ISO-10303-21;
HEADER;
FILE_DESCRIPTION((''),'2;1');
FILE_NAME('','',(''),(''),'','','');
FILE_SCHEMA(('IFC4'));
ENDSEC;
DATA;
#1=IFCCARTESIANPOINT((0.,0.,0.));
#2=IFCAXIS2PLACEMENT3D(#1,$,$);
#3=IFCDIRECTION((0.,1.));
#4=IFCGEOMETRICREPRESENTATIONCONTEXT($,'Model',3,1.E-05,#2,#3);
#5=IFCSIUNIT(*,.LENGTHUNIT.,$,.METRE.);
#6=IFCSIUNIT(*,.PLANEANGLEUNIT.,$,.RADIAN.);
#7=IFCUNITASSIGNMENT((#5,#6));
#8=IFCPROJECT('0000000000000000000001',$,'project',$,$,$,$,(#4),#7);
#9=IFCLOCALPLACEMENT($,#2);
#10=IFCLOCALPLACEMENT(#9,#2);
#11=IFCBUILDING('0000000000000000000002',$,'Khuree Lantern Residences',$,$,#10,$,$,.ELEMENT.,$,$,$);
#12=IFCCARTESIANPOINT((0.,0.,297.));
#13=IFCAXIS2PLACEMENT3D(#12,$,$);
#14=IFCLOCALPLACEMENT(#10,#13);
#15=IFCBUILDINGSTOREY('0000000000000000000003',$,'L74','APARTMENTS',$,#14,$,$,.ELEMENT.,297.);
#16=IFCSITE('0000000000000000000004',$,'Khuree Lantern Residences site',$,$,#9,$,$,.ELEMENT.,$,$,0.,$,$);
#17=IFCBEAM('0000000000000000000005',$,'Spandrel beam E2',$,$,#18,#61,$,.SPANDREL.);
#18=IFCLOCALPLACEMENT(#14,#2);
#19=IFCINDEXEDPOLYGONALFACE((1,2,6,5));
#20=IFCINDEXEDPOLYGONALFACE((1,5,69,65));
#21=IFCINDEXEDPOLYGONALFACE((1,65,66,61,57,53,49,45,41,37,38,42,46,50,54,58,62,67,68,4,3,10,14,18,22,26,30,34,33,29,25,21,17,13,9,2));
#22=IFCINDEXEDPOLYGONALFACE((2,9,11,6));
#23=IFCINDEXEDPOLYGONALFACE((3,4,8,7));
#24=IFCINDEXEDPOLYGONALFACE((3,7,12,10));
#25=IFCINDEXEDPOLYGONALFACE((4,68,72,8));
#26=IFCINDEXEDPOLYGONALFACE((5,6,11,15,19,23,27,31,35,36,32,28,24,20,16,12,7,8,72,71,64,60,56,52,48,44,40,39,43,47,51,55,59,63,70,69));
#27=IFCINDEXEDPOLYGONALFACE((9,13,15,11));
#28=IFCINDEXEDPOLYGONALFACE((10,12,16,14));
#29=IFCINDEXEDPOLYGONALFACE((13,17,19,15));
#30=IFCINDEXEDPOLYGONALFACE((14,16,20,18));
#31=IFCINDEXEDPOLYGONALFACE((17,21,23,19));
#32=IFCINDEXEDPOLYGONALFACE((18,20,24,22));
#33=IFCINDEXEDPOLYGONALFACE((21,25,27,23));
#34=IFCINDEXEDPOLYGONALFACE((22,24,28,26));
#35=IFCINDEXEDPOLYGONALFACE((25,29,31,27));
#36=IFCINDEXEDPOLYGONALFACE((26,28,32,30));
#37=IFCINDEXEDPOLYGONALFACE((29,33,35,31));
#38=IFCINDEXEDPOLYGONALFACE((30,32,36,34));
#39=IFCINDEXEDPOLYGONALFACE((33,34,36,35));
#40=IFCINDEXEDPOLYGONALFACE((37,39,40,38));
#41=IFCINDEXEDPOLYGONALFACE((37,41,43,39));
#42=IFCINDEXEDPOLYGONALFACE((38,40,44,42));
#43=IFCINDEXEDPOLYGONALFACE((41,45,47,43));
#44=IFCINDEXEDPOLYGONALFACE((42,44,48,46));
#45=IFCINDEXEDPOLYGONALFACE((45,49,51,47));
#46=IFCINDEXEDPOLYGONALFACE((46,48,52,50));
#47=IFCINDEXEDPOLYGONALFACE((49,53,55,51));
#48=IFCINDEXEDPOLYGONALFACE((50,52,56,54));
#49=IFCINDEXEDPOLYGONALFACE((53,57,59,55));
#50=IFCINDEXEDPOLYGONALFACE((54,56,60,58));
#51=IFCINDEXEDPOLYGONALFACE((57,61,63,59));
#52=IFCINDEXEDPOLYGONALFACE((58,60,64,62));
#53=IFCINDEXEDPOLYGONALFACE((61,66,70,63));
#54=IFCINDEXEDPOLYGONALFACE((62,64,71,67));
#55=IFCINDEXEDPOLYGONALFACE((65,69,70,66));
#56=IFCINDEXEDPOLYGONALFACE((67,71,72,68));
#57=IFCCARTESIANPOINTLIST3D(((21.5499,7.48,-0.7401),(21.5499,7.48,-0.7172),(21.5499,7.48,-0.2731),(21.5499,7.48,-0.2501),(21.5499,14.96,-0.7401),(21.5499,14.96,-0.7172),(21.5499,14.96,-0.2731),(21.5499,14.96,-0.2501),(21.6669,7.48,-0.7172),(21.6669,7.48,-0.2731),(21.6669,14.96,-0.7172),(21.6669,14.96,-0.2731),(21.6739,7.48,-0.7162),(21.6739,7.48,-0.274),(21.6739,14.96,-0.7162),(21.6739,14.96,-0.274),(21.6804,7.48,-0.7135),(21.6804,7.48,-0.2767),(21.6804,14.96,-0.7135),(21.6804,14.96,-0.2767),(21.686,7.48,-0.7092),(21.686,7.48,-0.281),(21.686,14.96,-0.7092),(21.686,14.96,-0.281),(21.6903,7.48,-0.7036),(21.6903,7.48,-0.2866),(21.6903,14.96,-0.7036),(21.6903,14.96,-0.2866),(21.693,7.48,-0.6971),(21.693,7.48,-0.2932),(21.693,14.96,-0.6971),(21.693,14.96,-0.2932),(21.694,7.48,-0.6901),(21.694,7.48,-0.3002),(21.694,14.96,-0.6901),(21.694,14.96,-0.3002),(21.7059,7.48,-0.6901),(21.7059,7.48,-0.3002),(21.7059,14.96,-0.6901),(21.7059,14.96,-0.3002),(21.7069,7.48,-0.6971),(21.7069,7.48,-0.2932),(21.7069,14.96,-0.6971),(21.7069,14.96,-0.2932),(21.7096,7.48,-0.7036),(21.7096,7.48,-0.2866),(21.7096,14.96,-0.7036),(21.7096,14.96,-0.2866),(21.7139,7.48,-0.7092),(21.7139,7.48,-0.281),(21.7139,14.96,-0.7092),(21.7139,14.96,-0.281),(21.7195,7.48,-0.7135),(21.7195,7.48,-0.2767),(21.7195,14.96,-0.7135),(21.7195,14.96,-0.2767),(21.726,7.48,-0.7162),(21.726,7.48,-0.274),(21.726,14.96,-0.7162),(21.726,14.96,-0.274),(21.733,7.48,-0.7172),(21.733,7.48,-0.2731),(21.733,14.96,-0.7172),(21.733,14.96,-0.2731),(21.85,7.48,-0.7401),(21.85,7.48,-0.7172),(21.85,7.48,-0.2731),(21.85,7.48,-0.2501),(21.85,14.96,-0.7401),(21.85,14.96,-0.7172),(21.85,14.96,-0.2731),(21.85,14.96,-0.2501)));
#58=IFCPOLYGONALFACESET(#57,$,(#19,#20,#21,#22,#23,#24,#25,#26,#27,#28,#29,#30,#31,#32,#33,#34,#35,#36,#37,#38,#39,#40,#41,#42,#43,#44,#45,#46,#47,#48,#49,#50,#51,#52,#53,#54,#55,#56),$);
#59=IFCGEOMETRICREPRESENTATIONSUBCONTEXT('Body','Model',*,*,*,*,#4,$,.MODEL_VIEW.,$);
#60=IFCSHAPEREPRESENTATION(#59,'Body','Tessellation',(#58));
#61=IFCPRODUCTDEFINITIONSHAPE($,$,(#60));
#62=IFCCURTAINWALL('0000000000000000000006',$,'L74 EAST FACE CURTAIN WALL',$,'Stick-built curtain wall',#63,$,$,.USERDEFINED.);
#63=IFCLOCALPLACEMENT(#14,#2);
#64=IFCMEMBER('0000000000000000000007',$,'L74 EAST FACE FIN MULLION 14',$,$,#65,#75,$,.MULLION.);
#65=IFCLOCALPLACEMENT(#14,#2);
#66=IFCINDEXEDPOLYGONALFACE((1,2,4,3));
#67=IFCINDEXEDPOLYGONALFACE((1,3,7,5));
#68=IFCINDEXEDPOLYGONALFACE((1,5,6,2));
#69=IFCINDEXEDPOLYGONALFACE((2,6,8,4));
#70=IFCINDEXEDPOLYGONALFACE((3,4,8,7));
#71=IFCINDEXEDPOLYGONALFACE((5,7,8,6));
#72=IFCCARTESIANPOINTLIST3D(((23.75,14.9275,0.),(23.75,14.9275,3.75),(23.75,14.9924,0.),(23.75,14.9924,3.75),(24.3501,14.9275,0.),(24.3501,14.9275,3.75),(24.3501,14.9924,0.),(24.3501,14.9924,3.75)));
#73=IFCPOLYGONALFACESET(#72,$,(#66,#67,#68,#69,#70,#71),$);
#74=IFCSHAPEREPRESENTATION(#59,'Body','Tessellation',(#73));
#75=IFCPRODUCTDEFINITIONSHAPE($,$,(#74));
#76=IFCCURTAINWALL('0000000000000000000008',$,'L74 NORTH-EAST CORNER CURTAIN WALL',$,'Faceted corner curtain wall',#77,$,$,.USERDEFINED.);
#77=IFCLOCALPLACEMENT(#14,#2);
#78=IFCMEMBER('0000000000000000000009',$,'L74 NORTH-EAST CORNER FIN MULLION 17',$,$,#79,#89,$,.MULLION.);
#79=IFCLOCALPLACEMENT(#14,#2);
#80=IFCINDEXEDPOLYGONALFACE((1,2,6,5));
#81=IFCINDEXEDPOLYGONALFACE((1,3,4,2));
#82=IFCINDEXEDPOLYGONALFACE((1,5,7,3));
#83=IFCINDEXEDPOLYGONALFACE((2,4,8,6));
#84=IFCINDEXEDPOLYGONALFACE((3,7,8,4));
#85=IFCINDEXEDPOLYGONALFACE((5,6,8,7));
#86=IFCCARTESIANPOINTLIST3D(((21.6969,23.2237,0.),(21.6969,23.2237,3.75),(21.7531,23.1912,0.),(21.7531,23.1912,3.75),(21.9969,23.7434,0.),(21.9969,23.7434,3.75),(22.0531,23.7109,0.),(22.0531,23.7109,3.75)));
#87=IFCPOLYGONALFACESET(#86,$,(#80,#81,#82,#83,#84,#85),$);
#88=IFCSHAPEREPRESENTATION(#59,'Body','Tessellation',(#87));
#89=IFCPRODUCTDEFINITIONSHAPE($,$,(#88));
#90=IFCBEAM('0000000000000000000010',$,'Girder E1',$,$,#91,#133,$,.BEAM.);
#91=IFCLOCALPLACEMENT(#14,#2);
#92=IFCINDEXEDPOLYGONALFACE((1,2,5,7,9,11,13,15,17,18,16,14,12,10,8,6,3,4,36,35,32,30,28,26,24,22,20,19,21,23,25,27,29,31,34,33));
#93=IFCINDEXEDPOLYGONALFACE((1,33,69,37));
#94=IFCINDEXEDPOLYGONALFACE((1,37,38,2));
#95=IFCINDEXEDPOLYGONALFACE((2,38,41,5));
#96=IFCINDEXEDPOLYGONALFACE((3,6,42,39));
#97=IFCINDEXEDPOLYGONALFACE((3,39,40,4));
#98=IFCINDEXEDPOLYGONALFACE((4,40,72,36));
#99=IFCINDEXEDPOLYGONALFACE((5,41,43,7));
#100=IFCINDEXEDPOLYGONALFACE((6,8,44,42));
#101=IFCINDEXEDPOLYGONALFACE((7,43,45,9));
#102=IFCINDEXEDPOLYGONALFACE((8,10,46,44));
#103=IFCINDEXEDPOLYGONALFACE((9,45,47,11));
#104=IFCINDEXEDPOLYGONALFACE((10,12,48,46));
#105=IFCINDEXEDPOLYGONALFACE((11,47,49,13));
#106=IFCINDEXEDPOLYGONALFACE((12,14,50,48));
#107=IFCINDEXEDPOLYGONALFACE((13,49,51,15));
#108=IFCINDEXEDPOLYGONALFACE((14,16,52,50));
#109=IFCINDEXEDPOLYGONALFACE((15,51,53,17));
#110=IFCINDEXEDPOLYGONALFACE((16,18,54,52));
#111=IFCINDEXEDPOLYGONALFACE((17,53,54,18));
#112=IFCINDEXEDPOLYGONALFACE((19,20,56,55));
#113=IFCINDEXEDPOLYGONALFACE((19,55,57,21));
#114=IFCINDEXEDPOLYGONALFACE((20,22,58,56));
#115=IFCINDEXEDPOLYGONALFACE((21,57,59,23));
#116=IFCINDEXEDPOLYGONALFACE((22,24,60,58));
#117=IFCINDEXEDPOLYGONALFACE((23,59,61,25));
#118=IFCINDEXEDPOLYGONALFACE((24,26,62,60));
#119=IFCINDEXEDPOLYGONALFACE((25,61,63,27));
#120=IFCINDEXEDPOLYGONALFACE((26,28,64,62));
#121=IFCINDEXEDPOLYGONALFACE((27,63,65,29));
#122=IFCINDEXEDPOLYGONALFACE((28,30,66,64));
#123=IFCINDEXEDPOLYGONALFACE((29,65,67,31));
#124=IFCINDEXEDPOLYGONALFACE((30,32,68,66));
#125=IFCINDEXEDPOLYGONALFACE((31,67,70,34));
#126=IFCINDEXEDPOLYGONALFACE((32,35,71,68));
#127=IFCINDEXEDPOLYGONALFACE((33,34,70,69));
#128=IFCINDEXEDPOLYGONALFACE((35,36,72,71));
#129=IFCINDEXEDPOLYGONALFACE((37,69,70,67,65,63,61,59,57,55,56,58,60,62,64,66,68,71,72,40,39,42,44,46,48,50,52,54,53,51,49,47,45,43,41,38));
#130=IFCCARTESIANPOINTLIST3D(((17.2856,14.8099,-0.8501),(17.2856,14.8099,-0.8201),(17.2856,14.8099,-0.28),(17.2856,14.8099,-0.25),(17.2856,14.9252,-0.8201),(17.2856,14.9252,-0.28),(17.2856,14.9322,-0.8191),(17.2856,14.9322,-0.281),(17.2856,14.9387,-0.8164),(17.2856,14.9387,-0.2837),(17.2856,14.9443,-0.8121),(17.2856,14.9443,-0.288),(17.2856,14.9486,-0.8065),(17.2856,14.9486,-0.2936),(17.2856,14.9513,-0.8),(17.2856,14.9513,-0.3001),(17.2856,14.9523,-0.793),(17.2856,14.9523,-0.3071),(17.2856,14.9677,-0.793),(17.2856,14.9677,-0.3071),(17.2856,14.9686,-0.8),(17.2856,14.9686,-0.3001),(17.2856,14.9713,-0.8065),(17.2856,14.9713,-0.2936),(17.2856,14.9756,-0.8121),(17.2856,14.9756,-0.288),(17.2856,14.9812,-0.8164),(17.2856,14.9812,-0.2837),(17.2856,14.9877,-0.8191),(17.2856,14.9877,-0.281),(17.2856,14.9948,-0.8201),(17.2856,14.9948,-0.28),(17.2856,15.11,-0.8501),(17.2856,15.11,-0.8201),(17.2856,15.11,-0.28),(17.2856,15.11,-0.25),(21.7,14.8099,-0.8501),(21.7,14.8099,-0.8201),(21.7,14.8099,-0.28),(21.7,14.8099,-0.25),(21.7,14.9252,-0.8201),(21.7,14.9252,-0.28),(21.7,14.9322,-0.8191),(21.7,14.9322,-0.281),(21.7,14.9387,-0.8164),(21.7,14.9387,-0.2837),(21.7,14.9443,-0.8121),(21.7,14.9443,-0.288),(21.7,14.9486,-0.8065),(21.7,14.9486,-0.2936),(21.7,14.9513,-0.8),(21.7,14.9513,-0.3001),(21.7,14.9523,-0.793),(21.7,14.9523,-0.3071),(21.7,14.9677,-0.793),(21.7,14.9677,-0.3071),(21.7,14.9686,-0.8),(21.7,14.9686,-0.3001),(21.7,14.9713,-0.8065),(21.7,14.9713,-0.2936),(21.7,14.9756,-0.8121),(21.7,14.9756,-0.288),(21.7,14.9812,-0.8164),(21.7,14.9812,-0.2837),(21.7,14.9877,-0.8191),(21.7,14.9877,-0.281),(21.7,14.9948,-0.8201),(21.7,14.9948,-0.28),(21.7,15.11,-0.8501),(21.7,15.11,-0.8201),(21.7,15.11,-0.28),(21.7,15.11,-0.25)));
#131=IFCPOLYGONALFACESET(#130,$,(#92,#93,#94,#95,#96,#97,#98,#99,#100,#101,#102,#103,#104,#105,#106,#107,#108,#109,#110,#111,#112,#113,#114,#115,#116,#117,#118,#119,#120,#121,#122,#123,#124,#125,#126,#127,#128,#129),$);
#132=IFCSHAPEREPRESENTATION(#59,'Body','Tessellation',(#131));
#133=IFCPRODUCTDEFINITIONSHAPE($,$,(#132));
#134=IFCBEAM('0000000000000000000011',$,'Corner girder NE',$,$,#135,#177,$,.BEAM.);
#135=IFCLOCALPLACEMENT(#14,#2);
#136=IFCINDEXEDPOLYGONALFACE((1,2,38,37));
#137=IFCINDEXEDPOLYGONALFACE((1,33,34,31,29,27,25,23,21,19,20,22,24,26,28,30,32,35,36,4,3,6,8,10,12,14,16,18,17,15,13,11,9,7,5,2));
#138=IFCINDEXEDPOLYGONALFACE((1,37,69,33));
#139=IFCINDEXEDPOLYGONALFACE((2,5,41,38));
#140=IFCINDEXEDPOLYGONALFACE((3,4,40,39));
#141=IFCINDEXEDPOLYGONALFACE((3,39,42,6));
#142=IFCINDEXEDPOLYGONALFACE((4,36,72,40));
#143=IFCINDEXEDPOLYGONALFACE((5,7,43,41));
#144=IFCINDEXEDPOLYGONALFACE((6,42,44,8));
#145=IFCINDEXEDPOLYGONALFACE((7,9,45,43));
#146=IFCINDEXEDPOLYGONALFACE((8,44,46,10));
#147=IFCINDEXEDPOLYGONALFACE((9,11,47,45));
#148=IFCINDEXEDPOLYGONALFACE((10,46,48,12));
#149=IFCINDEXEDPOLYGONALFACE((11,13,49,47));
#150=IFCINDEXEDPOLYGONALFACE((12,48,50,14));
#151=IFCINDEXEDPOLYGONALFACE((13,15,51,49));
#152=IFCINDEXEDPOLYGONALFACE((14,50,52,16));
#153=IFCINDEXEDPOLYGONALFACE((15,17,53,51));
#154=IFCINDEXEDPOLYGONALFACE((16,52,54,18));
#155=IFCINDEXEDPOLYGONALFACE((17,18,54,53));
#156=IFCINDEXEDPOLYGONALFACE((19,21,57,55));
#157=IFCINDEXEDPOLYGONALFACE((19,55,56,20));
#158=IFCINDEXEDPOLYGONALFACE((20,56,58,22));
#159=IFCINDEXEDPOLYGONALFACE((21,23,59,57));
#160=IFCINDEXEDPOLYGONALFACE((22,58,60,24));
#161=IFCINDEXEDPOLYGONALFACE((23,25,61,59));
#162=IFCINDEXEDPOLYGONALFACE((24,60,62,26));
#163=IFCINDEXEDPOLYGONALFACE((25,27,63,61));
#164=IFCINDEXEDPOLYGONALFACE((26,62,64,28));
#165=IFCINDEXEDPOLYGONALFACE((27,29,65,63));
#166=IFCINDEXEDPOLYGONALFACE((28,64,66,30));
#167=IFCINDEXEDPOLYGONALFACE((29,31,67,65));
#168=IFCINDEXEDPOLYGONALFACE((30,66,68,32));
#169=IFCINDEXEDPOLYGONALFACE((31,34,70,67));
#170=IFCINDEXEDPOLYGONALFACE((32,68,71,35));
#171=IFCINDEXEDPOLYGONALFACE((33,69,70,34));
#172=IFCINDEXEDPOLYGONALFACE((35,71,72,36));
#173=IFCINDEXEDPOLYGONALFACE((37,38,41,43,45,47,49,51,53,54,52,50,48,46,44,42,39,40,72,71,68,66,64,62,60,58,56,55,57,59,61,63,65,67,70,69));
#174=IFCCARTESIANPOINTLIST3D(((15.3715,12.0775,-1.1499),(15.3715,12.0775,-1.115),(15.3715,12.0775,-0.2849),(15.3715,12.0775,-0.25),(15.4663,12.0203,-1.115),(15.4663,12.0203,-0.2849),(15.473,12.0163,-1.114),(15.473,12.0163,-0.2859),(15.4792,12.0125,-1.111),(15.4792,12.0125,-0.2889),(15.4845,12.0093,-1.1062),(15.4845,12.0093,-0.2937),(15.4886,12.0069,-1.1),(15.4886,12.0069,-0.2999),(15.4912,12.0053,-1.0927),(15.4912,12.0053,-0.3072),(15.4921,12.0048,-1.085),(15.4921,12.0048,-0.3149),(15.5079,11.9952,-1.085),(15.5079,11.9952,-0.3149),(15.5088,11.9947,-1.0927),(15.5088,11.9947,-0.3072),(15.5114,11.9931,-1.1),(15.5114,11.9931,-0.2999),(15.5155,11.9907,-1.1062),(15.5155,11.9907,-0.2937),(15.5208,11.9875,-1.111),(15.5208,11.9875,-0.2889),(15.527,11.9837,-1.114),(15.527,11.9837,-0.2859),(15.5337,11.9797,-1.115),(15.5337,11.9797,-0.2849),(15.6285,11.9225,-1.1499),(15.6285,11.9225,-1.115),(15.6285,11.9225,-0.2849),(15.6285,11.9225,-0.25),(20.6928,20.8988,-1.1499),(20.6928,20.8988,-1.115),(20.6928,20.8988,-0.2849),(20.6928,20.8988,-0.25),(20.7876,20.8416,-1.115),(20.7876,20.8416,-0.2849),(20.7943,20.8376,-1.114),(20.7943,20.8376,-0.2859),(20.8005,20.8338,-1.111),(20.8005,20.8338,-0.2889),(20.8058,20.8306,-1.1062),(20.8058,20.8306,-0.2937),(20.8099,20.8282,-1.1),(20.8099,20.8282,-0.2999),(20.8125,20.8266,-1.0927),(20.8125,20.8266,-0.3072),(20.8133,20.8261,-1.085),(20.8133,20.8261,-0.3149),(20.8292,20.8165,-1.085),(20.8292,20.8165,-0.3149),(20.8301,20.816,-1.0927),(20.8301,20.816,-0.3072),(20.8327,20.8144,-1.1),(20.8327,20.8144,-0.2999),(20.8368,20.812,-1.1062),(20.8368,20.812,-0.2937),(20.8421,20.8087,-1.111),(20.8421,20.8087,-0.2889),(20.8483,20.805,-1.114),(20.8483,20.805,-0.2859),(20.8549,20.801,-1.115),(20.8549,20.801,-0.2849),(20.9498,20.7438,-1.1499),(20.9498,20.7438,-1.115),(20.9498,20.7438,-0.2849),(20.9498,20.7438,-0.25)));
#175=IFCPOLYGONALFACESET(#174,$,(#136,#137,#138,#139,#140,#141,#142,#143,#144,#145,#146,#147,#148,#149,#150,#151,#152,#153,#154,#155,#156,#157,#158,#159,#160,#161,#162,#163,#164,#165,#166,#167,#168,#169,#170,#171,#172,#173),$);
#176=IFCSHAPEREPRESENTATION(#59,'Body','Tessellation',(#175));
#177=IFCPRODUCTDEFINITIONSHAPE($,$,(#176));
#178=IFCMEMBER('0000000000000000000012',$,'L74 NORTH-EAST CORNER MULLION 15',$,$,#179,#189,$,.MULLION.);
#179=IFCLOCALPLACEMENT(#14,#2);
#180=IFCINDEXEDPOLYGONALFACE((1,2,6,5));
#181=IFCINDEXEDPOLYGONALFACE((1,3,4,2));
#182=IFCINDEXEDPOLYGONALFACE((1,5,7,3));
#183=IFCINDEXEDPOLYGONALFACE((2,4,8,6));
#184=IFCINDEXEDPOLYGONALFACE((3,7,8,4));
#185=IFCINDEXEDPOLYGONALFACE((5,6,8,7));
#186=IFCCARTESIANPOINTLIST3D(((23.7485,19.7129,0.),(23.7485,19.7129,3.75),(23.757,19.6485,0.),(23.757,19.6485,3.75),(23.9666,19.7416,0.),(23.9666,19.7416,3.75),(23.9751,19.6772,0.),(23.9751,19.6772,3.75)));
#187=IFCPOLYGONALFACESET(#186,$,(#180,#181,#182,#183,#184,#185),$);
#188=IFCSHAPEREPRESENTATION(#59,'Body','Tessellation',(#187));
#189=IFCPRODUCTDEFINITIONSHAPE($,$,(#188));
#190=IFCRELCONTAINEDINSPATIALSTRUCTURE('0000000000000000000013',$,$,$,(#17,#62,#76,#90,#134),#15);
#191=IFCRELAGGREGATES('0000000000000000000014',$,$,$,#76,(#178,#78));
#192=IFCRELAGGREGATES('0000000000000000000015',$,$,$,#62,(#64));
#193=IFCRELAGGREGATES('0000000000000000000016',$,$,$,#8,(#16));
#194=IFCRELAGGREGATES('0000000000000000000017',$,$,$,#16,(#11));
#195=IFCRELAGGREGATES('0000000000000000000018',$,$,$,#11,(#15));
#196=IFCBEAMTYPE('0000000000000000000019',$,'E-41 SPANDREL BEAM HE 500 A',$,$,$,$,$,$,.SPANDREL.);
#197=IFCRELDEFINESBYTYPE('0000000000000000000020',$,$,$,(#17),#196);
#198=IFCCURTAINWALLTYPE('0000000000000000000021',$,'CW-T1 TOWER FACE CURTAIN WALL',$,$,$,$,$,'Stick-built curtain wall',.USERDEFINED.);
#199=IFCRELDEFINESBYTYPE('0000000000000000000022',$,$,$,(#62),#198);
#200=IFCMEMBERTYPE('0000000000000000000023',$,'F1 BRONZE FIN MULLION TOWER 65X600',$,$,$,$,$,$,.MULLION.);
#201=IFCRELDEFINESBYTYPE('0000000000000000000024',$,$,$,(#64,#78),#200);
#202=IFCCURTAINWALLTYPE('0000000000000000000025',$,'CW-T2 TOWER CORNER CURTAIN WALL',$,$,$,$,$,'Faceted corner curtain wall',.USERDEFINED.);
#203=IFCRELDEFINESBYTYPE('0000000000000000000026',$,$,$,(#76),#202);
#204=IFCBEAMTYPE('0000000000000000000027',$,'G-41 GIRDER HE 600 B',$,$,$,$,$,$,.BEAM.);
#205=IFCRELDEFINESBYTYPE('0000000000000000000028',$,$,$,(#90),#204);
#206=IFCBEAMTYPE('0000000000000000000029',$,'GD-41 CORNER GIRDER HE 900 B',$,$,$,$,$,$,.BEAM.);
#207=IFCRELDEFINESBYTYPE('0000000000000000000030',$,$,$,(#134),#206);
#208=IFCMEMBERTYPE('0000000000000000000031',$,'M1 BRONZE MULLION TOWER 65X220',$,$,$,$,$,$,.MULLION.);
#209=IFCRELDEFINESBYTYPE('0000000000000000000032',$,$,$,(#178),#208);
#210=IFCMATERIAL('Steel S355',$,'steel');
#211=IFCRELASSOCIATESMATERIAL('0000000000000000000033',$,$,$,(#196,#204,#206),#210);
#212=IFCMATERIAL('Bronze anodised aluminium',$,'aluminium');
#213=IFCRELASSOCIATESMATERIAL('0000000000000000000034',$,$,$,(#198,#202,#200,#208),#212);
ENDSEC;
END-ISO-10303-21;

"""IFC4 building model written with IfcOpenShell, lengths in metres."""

from ifc_helpers import new_model, si_unit, direction, frame, origin, origin_2d, place, context, subcontext, project, spatial, rectangle, i_section, extrude, material, material_profile, profile_set, type_object, element, aggregate, save


model = new_model("IFC4")

# Units and contexts
model_context = context("Model", 3, precision=1e-05, world=origin(), true_north=direction((0.0, 1.0)))
body_context = subcontext(model_context, "Body", "Model", "MODEL_VIEW")
ifc_project = project(units=[si_unit("LENGTHUNIT", "METRE"), si_unit("PLANEANGLEUNIT", "RADIAN")], contexts=[model_context])

# Site, building, storey
site_placement = place(None, origin())
site = spatial("IfcSite", under=ifc_project, at=site_placement, Name="Khuree Lantern Residences site", CompositionType="ELEMENT", RefElevation=0.0)
building_placement = place(site_placement, origin())
building = spatial("IfcBuilding", under=site, at=building_placement, Name="Khuree Lantern Residences", CompositionType="ELEMENT")
storey_placement = place(building_placement, frame((0.0, 0.0, 297.0)))
storey = spatial("IfcBuildingStorey", under=building, at=storey_placement, Name="L74", Description="APARTMENTS", CompositionType="ELEMENT", Elevation=297.0)

# Beam
ifc_material_1 = material(Name="Steel S355", Category="steel")
ifc_material_profile_1 = material_profile(ifc_material_1, i_section(OverallWidth=0.3, OverallDepth=0.49, WebThickness=0.012, FlangeThickness=0.0229, FilletRadius=0.0271, at=origin_2d()), Name="HE 500 A")
ifc_profile_set_1 = profile_set([ifc_material_profile_1], Name="Steel S355")
beam_type_1 = type_object("IfcBeamType", Name="E-41 SPANDREL BEAM HE 500 A", PredefinedType="SPANDREL", material=ifc_profile_set_1)
beam_1_placement = place(storey_placement, frame((21.7, 14.96, -0.4951), z_axis=(0.0, -1.0, 0.0), x_axis=(1.0, 0.0, 0.0)))
element("IfcBeam", 1, at=beam_1_placement, inside=storey, type_object=beam_type_1, Name="Spandrel beam E2", PredefinedType="SPANDREL", context=body_context, shape_type="SweptSolid", body=[
    extrude(i_section(OverallWidth=0.3, OverallDepth=0.49, WebThickness=0.012, FlangeThickness=0.0229, FilletRadius=0.0271, at=origin_2d()), origin(), (0.0, 0.0, 1.0), 7.48),
])

# Curtain walls, members
ifc_material_2 = material(Name="Bronze anodised aluminium", Category="aluminium")
curtain_wall_type_1 = type_object("IfcCurtainWallType", Name="CW-T1 TOWER FACE CURTAIN WALL", ElementType="Stick-built curtain wall", PredefinedType="USERDEFINED", material=ifc_material_2)
curtain_wall_1_placement = place(storey_placement, origin())
curtain_wall_1 = element("IfcCurtainWall", 2, at=curtain_wall_1_placement, inside=storey, type_object=curtain_wall_type_1, Name="L74 EAST FACE CURTAIN WALL", ObjectType="Stick-built curtain wall", PredefinedType="USERDEFINED")
ifc_material_profile_2 = material_profile(ifc_material_2, rectangle(XDim=0.0649, YDim=0.6001, at=origin_2d()), Name="F1 65X600")
ifc_profile_set_2 = profile_set([ifc_material_profile_2], Name="Bronze anodised aluminium")
member_type_1 = type_object("IfcMemberType", Name="F1 BRONZE FIN MULLION TOWER 65X600", PredefinedType="MULLION", material=ifc_profile_set_2)
member_1_placement = place(storey_placement, frame((24.05, 14.96, 0.0), z_axis=(0.0, 0.0, 1.0), x_axis=(0.0, 1.0, 0.0)))
member_1 = element("IfcMember", 3, at=member_1_placement, type_object=member_type_1, Name="L74 EAST FACE FIN MULLION 14", PredefinedType="MULLION", context=body_context, shape_type="SweptSolid", body=[
    extrude(rectangle(XDim=0.0649, YDim=0.6001, at=origin_2d()), origin(), (0.0, 0.0, 1.0), 3.75),
])
curtain_wall_type_2 = type_object("IfcCurtainWallType", Name="CW-T2 TOWER CORNER CURTAIN WALL", ElementType="Faceted corner curtain wall", PredefinedType="USERDEFINED", material=ifc_material_2)
curtain_wall_2_placement = place(storey_placement, origin())
curtain_wall_2 = element("IfcCurtainWall", 4, at=curtain_wall_2_placement, inside=storey, type_object=curtain_wall_type_2, Name="L74 NORTH-EAST CORNER CURTAIN WALL", ObjectType="Faceted corner curtain wall", PredefinedType="USERDEFINED")
member_2_placement = place(storey_placement, frame((21.875, 23.4673, 0.0), z_axis=(0.0, 0.0, 1.0), x_axis=(-0.866025, 0.5, 0.0)))
member_2 = element("IfcMember", 5, at=member_2_placement, type_object=member_type_1, Name="L74 NORTH-EAST CORNER FIN MULLION 17", PredefinedType="MULLION", context=body_context, shape_type="SweptSolid", body=[
    extrude(rectangle(XDim=0.0649, YDim=0.6001, at=origin_2d()), origin(), (0.0, 0.0, 1.0), 3.75),
])

# Beams
ifc_material_profile_3 = material_profile(ifc_material_1, i_section(OverallWidth=0.3, OverallDepth=0.6001, WebThickness=0.0154, FlangeThickness=0.03, FilletRadius=0.0271, at=origin_2d()), Name="HE 600 B")
ifc_profile_set_3 = profile_set([ifc_material_profile_3], Name="Steel S355")
beam_type_2 = type_object("IfcBeamType", Name="G-41 GIRDER HE 600 B", PredefinedType="BEAM", material=ifc_profile_set_3)
beam_2_placement = place(storey_placement, frame((21.7, 14.96, -0.55), z_axis=(-1.0, 0.0, 0.0), x_axis=(0.0, -1.0, 0.0)))
element("IfcBeam", 6, at=beam_2_placement, inside=storey, type_object=beam_type_2, Name="Girder E1", PredefinedType="BEAM", context=body_context, shape_type="SweptSolid", body=[
    extrude(i_section(OverallWidth=0.3, OverallDepth=0.6001, WebThickness=0.0154, FlangeThickness=0.03, FilletRadius=0.0271, at=origin_2d()), origin(), (0.0, 0.0, 1.0), 4.4143),
])
ifc_material_profile_4 = material_profile(ifc_material_1, i_section(OverallWidth=0.3, OverallDepth=0.8999, WebThickness=0.0186, FlangeThickness=0.0349, FilletRadius=0.03, at=origin_2d()), Name="HE 900 B")
ifc_profile_set_4 = profile_set([ifc_material_profile_4], Name="Steel S355")
beam_type_3 = type_object("IfcBeamType", Name="GD-41 CORNER GIRDER HE 900 B", PredefinedType="BEAM", material=ifc_profile_set_4)
beam_3_placement = place(storey_placement, frame((20.8213, 20.8213, -0.7), z_axis=(-0.51653, -0.856269, 0.0), x_axis=(0.856269, -0.51653, 0.0)))
element("IfcBeam", 7, at=beam_3_placement, inside=storey, type_object=beam_type_3, Name="Corner girder NE", PredefinedType="BEAM", context=body_context, shape_type="SweptSolid", body=[
    extrude(i_section(OverallWidth=0.3, OverallDepth=0.8999, WebThickness=0.0186, FlangeThickness=0.0349, FilletRadius=0.03, at=origin_2d()), origin(), (0.0, 0.0, 1.0), 10.302),
])

# Member
ifc_material_profile_5 = material_profile(ifc_material_2, rectangle(XDim=0.0649, YDim=0.22, at=origin_2d()), Name="M1 65X220")
ifc_profile_set_5 = profile_set([ifc_material_profile_5], Name="Bronze anodised aluminium")
member_type_2 = type_object("IfcMemberType", Name="M1 BRONZE MULLION TOWER 65X220", PredefinedType="MULLION", material=ifc_profile_set_5)
member_3_placement = place(storey_placement, frame((23.8618, 19.6951, 0.0), z_axis=(0.0, 0.0, 1.0), x_axis=(-0.130526, 0.991445, 0.0)))
member_3 = element("IfcMember", 8, at=member_3_placement, type_object=member_type_2, Name="L74 NORTH-EAST CORNER MULLION 15", PredefinedType="MULLION", context=body_context, shape_type="SweptSolid", body=[
    extrude(rectangle(XDim=0.0649, YDim=0.22, at=origin_2d()), origin(), (0.0, 0.0, 1.0), 3.75),
])

aggregate(curtain_wall_2, [member_3, member_2])
aggregate(curtain_wall_1, [member_1])

save(model, "model.ifc")
